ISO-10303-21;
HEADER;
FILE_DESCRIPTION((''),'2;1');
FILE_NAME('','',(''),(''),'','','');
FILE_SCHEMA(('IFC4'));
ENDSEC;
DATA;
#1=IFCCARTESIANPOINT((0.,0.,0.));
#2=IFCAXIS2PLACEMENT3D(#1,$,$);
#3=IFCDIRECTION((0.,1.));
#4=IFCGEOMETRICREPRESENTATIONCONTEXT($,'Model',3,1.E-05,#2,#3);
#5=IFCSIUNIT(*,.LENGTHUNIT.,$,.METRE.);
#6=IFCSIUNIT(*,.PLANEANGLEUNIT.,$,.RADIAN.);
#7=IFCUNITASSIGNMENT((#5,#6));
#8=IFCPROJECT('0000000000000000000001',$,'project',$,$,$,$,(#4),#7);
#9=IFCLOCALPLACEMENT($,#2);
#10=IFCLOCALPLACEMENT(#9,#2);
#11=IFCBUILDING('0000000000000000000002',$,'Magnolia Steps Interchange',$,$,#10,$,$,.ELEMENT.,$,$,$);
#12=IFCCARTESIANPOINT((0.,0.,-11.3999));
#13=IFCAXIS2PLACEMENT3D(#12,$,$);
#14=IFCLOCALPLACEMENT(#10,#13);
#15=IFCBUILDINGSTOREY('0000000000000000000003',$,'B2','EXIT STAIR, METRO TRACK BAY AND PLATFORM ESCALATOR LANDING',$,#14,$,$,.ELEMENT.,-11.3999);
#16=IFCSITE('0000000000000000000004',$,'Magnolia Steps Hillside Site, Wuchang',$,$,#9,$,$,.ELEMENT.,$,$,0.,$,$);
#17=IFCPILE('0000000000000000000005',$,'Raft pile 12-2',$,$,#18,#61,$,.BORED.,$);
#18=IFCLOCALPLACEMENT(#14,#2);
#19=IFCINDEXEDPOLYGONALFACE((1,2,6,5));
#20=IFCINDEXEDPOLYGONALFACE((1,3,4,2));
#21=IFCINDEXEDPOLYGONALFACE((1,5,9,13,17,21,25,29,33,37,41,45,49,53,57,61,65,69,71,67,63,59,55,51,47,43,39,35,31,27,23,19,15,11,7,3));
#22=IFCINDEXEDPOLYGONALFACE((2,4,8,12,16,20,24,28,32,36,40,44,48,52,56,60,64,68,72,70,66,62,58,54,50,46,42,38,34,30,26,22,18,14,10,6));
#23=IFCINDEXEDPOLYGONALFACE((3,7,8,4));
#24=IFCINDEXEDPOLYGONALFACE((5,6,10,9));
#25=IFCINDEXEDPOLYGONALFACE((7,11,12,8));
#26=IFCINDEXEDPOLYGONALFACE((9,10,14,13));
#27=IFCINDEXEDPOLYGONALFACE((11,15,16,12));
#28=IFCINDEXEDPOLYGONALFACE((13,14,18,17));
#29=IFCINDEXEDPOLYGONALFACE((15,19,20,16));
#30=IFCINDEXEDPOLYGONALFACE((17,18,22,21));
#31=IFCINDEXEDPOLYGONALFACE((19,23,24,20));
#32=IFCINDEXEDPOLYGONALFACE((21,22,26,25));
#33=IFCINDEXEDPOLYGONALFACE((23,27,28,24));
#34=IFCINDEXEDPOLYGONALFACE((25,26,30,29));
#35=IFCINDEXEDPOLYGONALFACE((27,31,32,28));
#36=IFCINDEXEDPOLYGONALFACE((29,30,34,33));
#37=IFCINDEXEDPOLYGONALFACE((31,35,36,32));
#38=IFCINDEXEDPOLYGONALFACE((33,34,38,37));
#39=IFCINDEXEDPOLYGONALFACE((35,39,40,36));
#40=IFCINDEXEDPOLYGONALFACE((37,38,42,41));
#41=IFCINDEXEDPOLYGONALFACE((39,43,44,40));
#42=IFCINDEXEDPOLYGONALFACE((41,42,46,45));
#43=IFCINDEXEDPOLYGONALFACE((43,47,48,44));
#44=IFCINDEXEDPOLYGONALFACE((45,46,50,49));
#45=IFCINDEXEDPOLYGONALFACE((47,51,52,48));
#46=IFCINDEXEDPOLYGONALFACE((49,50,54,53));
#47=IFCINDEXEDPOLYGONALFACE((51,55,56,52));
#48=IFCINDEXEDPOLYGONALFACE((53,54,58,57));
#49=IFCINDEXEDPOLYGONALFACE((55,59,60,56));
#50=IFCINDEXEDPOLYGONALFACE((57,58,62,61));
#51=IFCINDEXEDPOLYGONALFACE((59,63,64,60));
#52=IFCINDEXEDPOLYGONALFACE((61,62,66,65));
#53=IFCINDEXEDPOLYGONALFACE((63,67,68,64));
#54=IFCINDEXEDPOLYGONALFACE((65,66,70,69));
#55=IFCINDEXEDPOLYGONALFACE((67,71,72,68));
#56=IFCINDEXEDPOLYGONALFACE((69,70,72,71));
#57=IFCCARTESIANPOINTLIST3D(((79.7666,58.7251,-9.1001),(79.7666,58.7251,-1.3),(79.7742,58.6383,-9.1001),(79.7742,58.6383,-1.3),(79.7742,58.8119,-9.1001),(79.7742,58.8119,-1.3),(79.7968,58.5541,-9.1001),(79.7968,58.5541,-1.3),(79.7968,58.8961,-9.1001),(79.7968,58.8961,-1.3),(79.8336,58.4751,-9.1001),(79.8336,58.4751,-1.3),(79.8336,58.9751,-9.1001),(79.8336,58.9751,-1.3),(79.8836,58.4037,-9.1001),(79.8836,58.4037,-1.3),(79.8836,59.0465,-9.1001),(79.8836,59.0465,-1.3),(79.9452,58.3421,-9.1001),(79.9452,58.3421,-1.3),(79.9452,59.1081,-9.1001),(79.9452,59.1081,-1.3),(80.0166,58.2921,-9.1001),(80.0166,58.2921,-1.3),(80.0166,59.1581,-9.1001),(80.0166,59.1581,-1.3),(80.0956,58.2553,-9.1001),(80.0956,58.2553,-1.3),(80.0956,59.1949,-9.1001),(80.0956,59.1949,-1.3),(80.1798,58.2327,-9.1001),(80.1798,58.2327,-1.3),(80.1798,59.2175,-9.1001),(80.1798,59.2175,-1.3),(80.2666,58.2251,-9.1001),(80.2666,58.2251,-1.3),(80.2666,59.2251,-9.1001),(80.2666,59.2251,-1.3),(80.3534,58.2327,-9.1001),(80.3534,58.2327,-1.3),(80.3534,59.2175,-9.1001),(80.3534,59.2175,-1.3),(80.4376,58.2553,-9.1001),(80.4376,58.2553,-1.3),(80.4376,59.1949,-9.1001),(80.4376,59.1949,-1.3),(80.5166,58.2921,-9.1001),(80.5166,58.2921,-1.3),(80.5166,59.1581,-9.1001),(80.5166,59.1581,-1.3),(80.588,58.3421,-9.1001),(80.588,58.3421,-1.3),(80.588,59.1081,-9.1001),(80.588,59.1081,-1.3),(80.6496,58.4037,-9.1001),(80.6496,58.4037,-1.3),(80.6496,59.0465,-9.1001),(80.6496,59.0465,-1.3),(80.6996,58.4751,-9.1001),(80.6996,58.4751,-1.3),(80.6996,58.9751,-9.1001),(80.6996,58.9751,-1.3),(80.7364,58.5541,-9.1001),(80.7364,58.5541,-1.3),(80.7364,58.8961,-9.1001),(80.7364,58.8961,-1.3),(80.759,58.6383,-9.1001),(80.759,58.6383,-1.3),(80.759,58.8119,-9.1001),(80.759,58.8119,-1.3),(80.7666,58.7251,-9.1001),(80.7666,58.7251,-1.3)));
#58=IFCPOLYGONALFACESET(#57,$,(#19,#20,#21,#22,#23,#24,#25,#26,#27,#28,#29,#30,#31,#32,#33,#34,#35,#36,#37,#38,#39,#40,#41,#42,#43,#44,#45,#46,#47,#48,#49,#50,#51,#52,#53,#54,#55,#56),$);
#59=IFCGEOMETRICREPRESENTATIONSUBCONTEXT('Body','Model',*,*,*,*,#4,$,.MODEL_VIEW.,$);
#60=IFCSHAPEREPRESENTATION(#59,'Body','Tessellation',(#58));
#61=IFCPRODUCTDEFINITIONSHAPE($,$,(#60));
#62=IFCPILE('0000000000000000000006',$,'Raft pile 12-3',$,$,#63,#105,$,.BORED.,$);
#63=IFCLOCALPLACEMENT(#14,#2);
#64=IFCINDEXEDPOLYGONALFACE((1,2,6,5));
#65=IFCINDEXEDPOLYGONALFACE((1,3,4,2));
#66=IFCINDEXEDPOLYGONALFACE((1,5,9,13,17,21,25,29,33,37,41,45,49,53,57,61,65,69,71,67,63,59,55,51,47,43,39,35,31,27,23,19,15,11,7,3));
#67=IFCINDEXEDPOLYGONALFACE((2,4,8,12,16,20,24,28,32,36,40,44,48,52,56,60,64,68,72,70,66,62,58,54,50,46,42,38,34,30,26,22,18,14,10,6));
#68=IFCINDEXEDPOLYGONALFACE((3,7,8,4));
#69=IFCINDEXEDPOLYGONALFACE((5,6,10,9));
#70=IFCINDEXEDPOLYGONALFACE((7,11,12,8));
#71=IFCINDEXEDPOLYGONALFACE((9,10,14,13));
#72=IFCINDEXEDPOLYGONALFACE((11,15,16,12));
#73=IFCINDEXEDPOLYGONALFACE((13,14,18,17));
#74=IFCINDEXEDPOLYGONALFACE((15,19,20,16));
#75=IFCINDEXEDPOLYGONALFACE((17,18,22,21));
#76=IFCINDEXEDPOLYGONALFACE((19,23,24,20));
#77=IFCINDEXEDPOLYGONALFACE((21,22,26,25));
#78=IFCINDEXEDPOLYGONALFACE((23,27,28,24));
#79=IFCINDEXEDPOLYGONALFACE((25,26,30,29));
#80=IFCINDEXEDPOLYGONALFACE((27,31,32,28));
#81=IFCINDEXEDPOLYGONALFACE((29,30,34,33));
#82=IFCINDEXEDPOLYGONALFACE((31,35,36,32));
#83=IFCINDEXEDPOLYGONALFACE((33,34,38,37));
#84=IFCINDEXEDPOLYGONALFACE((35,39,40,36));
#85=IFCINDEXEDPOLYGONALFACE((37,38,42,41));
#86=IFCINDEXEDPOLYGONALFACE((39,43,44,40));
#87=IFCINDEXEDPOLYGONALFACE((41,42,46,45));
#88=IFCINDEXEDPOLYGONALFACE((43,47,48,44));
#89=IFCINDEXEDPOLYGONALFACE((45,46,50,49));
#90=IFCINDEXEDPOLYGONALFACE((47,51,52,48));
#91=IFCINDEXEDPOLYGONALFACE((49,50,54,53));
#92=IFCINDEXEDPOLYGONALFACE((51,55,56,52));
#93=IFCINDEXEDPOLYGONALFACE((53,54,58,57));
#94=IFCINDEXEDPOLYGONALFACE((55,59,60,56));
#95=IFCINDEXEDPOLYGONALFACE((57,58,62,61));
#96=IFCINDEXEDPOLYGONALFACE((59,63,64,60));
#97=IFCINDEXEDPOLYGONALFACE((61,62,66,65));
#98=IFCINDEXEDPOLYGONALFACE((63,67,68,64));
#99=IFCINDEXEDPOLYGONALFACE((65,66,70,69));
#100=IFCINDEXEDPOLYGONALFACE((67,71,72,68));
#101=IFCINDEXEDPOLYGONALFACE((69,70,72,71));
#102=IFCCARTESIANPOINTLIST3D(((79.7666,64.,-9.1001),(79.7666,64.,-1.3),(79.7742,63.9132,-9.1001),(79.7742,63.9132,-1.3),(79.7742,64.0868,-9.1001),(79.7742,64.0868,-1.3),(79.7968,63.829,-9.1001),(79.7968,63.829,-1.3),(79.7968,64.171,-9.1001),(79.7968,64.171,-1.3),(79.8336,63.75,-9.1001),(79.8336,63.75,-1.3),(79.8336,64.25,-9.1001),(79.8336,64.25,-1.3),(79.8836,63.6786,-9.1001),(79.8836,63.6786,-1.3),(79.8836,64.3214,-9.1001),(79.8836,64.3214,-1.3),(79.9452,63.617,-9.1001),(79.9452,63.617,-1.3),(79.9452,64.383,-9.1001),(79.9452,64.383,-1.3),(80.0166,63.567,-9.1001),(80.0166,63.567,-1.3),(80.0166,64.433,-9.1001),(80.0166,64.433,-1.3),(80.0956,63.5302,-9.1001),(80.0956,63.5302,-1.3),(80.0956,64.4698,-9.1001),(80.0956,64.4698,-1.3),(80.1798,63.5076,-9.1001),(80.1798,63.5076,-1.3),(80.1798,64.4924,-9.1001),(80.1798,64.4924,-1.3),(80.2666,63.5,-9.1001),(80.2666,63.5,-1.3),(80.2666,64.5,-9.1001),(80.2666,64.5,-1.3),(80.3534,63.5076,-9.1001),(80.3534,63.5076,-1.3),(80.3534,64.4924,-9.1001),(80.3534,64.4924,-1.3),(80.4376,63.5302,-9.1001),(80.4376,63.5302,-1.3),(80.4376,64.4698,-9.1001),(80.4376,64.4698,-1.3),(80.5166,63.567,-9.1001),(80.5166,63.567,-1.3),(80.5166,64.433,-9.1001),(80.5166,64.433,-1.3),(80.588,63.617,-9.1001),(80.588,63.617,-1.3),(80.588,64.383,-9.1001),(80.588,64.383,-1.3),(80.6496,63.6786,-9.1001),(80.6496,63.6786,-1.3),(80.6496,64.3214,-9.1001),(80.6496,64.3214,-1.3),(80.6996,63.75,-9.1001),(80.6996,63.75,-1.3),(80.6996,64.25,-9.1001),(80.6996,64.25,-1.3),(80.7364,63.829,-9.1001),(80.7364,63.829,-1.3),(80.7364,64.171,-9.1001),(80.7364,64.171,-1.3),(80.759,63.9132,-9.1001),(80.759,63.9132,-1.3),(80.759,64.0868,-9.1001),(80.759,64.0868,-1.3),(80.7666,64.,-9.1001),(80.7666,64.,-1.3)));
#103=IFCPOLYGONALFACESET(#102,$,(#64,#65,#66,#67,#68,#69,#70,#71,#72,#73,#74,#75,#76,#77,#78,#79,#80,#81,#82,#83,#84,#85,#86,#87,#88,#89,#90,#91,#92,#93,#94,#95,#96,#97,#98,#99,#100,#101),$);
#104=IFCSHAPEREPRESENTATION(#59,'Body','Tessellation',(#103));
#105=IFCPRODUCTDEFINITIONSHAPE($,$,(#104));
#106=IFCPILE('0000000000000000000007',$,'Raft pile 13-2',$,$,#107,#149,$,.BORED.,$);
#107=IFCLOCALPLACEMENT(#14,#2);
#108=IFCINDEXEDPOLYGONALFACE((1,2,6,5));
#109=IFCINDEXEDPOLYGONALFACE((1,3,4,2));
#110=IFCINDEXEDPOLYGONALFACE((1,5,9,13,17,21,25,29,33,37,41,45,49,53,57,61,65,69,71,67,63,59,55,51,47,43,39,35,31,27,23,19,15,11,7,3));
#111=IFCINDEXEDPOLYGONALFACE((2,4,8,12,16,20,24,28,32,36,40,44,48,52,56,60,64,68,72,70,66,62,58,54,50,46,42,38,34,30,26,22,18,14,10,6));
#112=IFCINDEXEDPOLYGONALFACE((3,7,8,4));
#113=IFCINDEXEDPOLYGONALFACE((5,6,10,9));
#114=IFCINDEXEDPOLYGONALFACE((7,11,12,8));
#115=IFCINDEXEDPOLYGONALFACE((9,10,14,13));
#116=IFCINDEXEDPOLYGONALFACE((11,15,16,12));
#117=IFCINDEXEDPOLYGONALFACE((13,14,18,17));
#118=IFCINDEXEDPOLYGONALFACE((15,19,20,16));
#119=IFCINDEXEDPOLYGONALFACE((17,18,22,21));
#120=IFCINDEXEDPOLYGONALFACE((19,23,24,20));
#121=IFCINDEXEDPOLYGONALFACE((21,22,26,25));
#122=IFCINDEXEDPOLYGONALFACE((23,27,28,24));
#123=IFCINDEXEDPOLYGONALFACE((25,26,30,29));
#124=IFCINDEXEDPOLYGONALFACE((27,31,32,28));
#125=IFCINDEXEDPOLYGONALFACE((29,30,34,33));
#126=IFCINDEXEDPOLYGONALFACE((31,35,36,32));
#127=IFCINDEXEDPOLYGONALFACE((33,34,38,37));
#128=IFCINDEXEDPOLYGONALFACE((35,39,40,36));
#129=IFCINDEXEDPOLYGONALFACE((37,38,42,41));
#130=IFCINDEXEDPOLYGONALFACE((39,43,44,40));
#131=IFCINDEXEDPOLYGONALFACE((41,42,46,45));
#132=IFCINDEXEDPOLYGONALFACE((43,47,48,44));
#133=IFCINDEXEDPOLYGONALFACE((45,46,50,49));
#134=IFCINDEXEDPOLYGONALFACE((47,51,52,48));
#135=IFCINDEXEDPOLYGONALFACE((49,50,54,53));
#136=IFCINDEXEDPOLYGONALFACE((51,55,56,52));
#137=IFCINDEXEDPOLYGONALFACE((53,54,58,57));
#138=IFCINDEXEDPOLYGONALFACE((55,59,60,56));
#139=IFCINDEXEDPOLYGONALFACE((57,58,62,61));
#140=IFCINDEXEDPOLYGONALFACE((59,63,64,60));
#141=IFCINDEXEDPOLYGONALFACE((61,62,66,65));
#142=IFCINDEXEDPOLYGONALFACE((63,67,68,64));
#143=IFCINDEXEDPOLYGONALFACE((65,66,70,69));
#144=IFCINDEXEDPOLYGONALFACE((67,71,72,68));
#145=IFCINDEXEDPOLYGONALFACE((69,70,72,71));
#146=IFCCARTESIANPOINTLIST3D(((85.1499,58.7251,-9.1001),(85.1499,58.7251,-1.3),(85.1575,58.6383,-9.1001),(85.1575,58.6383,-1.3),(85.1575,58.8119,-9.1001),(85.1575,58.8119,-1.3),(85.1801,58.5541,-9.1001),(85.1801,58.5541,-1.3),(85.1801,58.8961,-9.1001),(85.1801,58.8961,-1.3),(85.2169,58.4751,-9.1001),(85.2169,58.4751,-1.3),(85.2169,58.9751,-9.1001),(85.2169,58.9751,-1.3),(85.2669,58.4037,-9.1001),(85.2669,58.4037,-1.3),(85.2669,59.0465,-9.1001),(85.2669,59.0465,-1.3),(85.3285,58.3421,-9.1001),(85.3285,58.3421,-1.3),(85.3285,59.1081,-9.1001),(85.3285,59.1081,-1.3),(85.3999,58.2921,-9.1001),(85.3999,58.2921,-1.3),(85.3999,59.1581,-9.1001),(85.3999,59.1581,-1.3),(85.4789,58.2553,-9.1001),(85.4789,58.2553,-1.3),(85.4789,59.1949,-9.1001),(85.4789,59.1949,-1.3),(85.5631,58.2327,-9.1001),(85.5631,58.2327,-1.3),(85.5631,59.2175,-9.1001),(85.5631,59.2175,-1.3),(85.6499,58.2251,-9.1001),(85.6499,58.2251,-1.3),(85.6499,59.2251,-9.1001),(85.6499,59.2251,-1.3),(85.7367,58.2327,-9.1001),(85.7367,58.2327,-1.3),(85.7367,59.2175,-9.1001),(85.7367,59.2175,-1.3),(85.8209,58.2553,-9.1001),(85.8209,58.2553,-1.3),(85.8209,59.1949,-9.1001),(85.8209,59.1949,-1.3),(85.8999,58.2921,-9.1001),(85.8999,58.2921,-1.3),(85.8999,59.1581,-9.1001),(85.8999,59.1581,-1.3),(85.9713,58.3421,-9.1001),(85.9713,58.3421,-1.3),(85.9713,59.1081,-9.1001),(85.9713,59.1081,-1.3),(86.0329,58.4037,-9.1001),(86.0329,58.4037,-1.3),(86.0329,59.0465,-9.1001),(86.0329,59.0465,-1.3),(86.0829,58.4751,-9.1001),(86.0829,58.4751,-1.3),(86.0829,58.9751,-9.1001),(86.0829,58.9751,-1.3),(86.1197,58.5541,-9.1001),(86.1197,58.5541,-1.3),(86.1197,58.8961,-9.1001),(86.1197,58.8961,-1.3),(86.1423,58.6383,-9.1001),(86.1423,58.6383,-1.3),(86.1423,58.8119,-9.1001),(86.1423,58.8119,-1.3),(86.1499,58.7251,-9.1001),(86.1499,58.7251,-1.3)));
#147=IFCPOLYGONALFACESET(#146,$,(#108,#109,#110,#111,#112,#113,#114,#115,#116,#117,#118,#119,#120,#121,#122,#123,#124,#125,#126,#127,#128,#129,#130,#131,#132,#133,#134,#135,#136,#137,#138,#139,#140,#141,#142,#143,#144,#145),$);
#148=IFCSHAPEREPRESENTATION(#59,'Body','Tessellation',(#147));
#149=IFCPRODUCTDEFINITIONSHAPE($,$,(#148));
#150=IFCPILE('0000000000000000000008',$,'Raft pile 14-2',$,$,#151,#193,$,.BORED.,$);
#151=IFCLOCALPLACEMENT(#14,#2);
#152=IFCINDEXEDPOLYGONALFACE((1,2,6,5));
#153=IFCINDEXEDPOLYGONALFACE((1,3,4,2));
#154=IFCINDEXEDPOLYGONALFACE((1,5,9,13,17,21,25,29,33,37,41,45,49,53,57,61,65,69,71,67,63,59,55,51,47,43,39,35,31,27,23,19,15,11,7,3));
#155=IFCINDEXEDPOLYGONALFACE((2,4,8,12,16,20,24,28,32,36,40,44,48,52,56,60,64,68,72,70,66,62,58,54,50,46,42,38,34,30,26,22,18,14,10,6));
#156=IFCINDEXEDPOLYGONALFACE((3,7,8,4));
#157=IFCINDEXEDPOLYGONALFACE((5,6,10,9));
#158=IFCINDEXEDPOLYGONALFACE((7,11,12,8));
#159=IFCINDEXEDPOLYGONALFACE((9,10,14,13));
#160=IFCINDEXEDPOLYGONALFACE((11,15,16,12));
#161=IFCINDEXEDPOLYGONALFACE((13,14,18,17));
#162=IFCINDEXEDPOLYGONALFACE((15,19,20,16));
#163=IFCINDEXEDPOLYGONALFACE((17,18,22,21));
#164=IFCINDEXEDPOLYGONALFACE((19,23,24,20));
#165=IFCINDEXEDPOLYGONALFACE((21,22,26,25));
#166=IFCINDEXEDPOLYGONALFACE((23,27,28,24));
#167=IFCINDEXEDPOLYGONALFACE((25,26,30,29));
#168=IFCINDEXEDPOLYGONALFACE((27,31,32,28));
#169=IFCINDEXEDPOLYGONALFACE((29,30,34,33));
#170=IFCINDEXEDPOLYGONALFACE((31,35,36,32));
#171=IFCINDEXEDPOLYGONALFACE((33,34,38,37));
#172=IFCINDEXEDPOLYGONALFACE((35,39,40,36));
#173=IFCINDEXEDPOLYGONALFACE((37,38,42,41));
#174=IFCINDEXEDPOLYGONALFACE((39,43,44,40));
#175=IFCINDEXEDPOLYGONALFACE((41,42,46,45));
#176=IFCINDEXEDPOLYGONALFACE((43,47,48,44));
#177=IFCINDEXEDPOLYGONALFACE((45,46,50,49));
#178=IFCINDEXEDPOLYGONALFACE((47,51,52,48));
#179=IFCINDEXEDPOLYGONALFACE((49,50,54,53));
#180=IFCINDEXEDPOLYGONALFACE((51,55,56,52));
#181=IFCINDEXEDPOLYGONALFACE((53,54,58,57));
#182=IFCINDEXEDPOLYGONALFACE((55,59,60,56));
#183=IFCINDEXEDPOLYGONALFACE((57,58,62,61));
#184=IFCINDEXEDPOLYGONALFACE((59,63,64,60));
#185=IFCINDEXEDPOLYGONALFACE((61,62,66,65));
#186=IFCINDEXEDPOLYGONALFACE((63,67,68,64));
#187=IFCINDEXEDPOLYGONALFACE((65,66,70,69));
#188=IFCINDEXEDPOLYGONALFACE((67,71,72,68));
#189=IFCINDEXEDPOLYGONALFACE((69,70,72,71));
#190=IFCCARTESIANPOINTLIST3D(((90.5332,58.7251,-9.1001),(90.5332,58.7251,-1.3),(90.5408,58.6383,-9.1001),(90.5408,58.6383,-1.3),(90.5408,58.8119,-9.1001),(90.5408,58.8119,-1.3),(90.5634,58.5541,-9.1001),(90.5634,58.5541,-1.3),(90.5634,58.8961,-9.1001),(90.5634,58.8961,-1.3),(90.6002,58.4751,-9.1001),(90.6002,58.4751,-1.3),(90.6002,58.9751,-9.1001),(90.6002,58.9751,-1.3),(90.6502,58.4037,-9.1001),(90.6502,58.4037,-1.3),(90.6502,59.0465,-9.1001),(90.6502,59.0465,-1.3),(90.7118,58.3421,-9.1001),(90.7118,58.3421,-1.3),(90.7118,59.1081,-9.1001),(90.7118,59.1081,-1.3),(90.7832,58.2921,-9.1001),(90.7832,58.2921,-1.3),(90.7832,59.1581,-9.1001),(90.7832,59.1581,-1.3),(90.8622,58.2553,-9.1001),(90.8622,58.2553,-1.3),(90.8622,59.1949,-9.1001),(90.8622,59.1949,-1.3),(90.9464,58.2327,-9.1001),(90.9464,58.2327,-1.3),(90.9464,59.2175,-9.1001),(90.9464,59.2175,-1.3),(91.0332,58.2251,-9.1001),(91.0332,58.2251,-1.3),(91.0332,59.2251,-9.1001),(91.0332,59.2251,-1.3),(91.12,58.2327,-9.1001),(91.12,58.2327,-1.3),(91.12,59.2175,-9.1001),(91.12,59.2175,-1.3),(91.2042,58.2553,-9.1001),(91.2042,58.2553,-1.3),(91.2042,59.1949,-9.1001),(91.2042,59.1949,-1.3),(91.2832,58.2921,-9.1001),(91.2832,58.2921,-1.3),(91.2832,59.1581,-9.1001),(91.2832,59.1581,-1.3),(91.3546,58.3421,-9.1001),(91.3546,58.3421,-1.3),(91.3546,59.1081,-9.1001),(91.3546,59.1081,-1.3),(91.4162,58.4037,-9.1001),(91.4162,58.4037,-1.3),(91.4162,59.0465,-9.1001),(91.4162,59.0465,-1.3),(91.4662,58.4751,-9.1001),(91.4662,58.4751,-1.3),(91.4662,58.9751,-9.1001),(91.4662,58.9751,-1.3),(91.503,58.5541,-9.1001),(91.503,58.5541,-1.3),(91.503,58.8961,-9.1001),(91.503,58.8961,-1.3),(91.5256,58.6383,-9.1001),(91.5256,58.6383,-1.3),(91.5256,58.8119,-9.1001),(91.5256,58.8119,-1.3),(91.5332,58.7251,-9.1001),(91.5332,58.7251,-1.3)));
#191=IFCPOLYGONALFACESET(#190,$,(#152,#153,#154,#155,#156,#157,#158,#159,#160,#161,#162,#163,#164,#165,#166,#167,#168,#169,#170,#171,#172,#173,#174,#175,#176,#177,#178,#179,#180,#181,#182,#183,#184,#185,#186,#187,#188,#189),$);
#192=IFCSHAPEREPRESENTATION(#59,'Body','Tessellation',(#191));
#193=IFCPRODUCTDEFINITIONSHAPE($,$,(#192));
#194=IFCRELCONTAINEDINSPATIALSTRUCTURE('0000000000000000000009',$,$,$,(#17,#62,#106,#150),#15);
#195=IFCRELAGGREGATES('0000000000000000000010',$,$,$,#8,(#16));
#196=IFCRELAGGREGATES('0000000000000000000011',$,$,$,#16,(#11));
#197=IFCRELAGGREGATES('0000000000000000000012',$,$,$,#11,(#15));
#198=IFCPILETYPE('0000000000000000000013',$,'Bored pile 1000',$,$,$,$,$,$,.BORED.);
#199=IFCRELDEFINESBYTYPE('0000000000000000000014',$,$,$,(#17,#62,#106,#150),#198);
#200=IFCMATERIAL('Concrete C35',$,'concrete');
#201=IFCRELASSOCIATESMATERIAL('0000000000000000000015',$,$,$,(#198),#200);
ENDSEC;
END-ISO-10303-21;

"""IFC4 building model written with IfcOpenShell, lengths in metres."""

from ifc_helpers import new_model, si_unit, direction, frame, origin, origin_2d, place, context, subcontext, project, spatial, circle, extrude, material, material_profile, profile_set, type_object, element, save


model = new_model("IFC4")

# Units and contexts
model_context = context("Model", 3, precision=1e-05, world=origin(), true_north=direction((0.0, 1.0)))
body_context = subcontext(model_context, "Body", "Model", "MODEL_VIEW")
ifc_project = project(units=[si_unit("LENGTHUNIT", "METRE"), si_unit("PLANEANGLEUNIT", "RADIAN")], contexts=[model_context])

# Site, building, storey
site_placement = place(None, origin())
site = spatial("IfcSite", under=ifc_project, at=site_placement, Name="Magnolia Steps Hillside Site, Wuchang", CompositionType="ELEMENT", RefElevation=0.0)
building_placement = place(site_placement, origin())
building = spatial("IfcBuilding", under=site, at=building_placement, Name="Magnolia Steps Interchange", CompositionType="ELEMENT")
storey_placement = place(building_placement, frame((0.0, 0.0, -11.3999)))
storey = spatial("IfcBuildingStorey", under=building, at=storey_placement, Name="B2", Description="EXIT STAIR, METRO TRACK BAY AND PLATFORM ESCALATOR LANDING", CompositionType="ELEMENT", Elevation=-11.3999)

# Piles
ifc_material_1 = material(Name="Concrete C35", Category="concrete")
ifc_material_profile_1 = material_profile(ifc_material_1, circle(Radius=0.5, at=origin_2d()), Name="Bored pile 1000")
ifc_profile_set_1 = profile_set([ifc_material_profile_1], Name="Concrete C35")
pile_type_1 = type_object("IfcPileType", Name="Bored pile 1000", PredefinedType="BORED", material=ifc_profile_set_1)
for number, where, z_axis, x_axis, name in (
    (1, (80.2666, 58.7251, -1.3), (0.0, 0.0, -1.0), (1.0, 0.0, 0.0), "Raft pile 12-2"),
    (2, (80.2666, 64.0, -1.3), (0.0, 0.0, -1.0), (1.0, 0.0, 0.0), "Raft pile 12-3"),
    (3, (85.6499, 58.7251, -1.3), (0.0, 0.0, -1.0), (1.0, 0.0, 0.0), "Raft pile 13-2"),
    (4, (91.0332, 58.7251, -1.3), (0.0, 0.0, -1.0), (1.0, 0.0, 0.0), "Raft pile 14-2"),
):
    element("IfcPile", number, at=place(storey_placement, frame(where, z_axis=z_axis, x_axis=x_axis)), inside=storey, type_object=pile_type_1, Name=name, PredefinedType="BORED", context=body_context, shape_type="SweptSolid", body=[
        extrude(circle(Radius=0.5, at=origin_2d()), origin(), (0.0, 0.0, 1.0), 7.8),
    ])

save(model, "model.ifc")
